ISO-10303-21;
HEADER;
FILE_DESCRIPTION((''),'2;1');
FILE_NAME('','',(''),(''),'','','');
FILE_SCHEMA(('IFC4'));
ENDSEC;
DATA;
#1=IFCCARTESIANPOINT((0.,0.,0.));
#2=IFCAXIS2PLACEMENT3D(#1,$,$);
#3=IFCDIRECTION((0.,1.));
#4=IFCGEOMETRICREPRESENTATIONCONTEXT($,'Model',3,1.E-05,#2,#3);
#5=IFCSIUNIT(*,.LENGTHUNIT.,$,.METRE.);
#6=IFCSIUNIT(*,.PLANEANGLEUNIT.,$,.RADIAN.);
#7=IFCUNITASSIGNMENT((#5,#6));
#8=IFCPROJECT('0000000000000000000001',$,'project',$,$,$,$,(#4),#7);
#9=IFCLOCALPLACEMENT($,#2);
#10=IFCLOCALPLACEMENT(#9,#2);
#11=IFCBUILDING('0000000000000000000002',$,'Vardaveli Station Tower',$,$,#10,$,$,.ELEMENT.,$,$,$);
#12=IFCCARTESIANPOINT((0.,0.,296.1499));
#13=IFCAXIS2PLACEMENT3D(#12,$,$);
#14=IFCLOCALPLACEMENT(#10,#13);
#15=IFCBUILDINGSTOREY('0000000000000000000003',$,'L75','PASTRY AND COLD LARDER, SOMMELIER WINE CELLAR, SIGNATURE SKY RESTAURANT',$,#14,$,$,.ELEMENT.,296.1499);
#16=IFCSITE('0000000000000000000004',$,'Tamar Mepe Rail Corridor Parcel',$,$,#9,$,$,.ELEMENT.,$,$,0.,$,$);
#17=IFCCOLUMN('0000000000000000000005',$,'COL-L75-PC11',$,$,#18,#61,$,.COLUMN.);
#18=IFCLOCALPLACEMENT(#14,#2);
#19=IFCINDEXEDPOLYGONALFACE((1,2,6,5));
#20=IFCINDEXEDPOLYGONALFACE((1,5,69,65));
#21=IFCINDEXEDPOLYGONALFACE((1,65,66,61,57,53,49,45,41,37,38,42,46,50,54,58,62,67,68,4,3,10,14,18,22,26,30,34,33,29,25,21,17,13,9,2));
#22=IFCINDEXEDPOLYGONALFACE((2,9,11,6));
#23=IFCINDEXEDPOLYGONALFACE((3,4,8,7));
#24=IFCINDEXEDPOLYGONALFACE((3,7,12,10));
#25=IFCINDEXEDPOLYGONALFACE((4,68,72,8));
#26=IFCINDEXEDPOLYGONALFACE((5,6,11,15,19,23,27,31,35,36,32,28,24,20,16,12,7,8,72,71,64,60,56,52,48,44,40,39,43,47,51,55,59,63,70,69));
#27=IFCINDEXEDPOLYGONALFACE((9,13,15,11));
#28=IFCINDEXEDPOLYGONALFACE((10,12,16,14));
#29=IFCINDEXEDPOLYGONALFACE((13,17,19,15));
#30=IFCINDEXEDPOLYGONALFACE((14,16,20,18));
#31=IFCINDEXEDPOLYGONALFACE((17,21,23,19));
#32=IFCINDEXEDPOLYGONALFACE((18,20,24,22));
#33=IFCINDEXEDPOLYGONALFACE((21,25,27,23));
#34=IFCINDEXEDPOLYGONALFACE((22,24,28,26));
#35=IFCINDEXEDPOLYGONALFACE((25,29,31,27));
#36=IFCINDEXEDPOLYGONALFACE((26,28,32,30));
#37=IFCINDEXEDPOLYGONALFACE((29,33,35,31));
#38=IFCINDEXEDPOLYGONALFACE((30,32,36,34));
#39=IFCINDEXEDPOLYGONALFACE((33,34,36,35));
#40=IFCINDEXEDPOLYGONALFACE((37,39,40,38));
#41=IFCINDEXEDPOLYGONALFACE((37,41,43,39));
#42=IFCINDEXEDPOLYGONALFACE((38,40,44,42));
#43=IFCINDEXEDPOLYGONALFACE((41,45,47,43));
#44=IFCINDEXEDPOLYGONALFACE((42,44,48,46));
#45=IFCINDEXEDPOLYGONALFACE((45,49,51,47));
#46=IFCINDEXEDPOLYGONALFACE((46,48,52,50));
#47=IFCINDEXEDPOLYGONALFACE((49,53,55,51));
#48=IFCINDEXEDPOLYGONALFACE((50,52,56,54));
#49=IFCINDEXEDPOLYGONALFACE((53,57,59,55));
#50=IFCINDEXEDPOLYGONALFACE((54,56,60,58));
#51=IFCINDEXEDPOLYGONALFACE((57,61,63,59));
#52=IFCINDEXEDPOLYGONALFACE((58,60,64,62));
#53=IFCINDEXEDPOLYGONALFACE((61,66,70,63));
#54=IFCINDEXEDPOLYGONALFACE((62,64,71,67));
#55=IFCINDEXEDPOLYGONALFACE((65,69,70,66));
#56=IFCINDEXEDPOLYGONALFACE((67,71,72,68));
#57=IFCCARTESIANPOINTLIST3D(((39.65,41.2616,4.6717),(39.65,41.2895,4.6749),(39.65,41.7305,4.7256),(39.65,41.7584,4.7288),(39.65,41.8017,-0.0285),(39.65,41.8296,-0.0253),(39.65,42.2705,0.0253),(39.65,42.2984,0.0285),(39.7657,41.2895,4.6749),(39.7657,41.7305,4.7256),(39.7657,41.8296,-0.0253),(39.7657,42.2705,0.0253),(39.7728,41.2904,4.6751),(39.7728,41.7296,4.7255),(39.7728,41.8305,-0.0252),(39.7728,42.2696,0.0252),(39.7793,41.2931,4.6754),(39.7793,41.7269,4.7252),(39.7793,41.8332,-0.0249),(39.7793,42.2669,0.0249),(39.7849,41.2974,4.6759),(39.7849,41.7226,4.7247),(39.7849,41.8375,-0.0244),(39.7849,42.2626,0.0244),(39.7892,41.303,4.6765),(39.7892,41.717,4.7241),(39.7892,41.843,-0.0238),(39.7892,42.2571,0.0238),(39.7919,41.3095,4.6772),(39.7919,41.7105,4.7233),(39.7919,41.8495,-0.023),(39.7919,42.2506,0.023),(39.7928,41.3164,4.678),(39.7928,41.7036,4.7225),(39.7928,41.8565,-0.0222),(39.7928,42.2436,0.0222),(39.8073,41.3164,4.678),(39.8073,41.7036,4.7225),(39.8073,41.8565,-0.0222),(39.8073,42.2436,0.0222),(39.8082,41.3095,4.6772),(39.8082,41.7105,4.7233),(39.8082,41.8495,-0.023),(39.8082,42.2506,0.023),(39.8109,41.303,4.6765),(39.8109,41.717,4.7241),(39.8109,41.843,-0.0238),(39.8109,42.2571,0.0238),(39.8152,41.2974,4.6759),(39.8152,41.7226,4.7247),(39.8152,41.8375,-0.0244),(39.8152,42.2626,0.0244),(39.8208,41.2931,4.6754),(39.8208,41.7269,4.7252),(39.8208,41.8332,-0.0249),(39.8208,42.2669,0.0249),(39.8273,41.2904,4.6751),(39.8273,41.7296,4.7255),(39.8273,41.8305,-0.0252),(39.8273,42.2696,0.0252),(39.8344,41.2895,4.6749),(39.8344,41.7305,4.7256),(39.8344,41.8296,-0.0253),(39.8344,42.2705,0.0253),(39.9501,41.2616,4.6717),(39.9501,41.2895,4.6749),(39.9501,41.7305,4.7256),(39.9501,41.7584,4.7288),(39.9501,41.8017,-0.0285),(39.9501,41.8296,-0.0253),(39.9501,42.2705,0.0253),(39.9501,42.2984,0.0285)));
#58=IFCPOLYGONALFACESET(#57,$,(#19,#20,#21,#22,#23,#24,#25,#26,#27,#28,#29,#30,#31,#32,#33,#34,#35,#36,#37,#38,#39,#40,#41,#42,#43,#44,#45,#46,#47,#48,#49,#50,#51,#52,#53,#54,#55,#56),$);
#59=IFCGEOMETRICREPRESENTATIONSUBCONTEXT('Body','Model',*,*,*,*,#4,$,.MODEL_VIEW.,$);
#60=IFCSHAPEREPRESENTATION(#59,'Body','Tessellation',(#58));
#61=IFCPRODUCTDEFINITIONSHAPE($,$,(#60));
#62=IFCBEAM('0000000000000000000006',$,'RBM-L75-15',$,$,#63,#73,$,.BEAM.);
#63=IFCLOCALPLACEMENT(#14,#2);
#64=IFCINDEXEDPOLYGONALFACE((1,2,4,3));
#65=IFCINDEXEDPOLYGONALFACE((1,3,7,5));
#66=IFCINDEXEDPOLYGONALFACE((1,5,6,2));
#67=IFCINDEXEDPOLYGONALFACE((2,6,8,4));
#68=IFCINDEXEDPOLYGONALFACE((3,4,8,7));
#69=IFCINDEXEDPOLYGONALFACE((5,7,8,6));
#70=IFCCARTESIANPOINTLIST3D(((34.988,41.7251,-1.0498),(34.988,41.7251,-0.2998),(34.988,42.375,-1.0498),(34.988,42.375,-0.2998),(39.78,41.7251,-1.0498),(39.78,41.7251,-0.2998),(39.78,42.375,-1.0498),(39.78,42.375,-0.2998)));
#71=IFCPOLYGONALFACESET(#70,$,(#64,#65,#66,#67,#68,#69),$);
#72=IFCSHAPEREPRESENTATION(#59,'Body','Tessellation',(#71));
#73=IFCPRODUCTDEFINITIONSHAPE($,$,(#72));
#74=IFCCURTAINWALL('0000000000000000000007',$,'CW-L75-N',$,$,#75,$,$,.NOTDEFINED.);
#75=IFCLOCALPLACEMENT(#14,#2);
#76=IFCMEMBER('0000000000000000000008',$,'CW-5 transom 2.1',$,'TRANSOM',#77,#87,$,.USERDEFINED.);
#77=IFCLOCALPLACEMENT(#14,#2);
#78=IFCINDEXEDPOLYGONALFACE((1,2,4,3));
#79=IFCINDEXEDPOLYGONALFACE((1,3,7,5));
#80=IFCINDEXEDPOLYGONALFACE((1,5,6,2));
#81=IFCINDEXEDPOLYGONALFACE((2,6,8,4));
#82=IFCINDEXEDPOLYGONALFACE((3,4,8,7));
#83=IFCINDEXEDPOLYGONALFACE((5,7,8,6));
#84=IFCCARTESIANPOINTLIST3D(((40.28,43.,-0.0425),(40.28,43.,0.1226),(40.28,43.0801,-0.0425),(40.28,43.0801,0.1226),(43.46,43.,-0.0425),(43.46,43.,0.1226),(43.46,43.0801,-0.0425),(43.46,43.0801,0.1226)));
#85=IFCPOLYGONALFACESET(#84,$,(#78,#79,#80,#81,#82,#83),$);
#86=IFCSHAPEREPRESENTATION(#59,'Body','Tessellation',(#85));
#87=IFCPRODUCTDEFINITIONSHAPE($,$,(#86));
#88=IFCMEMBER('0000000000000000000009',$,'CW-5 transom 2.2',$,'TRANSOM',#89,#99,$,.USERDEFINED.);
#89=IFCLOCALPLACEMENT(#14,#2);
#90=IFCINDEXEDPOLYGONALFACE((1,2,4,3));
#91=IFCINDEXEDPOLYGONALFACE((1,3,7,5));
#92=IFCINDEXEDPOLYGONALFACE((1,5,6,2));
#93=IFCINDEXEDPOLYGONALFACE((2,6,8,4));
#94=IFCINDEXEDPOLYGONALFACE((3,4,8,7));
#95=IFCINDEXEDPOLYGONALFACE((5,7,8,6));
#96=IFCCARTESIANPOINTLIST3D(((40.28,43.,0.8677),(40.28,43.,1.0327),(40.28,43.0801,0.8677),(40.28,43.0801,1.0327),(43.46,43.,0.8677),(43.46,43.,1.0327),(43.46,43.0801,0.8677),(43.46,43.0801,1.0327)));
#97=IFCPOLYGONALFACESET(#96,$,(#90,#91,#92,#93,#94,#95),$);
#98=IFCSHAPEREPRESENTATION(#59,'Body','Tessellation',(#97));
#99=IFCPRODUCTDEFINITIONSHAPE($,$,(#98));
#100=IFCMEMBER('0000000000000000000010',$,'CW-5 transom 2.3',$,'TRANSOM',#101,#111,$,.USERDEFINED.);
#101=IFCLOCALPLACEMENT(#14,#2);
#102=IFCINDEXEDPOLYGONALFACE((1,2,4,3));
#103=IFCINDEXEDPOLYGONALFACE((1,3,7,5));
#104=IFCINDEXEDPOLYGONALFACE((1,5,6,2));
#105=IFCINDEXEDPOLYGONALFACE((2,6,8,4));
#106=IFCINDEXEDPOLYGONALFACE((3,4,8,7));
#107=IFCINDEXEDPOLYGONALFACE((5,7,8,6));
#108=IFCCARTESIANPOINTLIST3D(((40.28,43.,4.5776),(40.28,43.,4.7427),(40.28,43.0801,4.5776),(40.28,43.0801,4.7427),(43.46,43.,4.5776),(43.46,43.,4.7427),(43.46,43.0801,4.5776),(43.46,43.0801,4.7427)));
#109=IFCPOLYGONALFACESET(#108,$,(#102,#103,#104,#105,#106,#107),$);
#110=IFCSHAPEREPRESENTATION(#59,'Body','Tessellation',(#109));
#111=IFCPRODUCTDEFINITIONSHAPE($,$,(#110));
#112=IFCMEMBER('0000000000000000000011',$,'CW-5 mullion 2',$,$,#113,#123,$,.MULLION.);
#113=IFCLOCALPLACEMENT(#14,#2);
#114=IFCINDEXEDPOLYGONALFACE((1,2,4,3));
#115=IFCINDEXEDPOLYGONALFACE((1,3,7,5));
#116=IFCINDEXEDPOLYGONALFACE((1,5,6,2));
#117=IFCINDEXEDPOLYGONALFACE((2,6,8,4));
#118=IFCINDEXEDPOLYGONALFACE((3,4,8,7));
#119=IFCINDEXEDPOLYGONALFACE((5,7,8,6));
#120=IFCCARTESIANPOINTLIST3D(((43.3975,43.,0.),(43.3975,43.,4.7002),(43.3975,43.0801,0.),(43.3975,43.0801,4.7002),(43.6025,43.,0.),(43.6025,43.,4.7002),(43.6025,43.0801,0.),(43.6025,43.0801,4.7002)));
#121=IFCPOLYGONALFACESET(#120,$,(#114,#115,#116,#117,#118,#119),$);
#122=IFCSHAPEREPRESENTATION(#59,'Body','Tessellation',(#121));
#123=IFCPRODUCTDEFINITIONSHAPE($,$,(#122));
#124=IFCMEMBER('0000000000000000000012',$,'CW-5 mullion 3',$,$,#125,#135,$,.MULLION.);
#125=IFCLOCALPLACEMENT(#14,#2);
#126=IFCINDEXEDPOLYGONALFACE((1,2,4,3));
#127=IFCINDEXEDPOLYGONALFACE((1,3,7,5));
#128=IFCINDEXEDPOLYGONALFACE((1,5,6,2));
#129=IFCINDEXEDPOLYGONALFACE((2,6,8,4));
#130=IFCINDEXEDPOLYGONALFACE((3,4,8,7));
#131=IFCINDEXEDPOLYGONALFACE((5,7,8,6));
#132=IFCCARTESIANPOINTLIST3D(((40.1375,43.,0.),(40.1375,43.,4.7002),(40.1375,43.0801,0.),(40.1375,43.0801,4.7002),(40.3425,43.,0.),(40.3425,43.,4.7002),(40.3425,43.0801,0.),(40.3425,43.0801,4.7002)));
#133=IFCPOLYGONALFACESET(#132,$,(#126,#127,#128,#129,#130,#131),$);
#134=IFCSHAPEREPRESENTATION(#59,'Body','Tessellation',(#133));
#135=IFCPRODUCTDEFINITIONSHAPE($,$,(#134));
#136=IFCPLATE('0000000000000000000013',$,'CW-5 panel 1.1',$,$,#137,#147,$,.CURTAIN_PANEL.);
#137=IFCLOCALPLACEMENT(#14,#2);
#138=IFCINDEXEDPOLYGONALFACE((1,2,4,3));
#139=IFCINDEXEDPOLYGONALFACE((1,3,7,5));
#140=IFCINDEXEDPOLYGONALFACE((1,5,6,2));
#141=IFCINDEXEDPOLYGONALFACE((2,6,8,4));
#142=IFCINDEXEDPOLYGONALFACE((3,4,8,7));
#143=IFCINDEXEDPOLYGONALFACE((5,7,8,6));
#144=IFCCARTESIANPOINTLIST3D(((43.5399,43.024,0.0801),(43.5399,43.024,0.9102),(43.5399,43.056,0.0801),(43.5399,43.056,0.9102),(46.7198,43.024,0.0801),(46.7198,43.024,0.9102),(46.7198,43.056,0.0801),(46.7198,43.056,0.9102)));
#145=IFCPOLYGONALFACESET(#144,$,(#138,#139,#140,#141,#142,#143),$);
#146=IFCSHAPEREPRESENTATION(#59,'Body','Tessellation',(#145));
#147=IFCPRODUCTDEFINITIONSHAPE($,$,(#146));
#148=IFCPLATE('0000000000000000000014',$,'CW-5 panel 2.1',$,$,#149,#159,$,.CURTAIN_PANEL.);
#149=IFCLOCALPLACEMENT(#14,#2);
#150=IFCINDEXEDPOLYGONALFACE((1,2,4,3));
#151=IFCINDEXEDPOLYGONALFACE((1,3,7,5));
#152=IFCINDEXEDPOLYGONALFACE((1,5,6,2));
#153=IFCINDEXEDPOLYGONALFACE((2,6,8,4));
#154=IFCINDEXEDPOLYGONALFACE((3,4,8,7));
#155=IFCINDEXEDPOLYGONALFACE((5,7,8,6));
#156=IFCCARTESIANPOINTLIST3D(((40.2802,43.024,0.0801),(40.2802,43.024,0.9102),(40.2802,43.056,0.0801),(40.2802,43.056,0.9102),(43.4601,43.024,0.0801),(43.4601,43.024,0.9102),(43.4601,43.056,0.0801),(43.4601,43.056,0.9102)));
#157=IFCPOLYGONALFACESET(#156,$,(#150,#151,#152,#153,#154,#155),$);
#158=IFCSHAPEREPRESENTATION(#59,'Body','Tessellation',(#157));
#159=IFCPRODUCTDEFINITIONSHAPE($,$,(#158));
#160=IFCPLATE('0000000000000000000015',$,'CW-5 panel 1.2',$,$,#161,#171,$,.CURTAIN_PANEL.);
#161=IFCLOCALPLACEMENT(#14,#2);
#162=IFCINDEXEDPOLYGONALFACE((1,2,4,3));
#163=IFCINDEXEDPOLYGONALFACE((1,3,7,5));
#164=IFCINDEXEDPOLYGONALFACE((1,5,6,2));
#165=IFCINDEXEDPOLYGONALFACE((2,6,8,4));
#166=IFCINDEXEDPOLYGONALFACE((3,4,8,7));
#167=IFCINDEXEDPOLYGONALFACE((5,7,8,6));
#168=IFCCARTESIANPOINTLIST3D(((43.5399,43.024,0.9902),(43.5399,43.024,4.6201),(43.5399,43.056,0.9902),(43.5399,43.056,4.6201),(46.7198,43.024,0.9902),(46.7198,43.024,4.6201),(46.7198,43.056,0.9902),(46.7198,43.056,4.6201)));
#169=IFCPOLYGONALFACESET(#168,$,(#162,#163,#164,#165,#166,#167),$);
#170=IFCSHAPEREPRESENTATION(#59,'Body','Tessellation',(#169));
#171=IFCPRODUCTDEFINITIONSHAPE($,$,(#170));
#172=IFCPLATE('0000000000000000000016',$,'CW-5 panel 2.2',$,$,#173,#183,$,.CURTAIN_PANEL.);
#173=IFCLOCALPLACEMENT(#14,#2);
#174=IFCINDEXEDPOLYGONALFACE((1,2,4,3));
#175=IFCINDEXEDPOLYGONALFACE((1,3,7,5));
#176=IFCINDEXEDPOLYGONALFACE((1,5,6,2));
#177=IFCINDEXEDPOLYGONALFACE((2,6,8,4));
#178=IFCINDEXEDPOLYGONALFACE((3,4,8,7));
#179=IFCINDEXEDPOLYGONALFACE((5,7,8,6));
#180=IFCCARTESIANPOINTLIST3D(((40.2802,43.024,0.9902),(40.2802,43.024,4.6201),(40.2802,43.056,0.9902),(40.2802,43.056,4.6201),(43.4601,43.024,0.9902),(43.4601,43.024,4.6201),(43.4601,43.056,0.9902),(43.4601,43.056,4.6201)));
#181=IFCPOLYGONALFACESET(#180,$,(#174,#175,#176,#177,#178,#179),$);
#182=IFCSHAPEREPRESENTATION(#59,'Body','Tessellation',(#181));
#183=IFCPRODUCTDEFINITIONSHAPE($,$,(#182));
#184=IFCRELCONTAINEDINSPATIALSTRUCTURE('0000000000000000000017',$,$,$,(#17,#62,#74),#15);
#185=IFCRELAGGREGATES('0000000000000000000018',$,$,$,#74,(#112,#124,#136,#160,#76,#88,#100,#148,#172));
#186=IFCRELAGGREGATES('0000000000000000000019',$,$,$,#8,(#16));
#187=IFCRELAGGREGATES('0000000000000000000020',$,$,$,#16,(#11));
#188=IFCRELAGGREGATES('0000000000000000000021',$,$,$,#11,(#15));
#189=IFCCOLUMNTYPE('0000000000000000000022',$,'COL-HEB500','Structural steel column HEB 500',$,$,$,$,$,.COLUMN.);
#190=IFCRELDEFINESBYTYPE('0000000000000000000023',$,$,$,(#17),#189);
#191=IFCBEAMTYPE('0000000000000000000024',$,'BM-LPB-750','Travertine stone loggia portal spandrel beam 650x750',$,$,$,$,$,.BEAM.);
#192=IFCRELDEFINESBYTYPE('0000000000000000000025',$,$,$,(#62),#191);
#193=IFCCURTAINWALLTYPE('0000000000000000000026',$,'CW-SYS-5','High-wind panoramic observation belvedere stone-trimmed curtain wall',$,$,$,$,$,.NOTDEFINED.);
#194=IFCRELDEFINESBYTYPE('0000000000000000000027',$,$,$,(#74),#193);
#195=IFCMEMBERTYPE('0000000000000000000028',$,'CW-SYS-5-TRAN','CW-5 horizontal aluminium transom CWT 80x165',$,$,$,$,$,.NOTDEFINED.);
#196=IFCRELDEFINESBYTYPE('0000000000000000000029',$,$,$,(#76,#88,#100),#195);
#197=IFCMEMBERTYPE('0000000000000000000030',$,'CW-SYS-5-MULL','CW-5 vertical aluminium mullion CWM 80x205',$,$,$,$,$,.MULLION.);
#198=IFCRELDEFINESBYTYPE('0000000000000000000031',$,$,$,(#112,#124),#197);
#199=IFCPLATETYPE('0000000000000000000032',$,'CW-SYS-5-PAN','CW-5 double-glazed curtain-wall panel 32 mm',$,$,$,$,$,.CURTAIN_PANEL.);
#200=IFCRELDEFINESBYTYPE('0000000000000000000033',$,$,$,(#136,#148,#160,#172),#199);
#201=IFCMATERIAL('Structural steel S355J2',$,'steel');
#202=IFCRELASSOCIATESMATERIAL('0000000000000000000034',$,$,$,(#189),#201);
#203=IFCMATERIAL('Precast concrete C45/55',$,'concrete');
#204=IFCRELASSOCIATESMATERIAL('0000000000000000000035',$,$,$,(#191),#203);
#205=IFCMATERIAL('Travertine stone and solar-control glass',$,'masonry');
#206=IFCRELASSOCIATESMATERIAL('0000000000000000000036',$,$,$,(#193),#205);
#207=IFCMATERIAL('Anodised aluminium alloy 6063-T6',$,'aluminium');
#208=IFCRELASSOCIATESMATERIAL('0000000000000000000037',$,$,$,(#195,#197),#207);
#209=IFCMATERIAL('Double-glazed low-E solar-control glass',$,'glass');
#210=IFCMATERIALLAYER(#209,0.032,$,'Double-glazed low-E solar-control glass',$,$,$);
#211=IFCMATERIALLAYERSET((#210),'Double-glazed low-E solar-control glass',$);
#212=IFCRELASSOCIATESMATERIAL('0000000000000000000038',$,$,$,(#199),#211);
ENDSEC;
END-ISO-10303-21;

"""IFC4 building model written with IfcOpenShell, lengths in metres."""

from ifc_helpers import new_model, si_unit, direction, frame, origin, origin_2d, place, context, subcontext, project, spatial, rectangle, i_section, extrude, source, transform, mapped, material, layer, layer_set, material_profile, profile_set, type_object, element, aggregate, save


model = new_model("IFC4")

# Units and contexts
model_context = context("Model", 3, precision=1e-05, world=origin(), true_north=direction((0.0, 1.0)))
body_context = subcontext(model_context, "Body", "Model", "MODEL_VIEW")
ifc_project = project(units=[si_unit("LENGTHUNIT", "METRE"), si_unit("PLANEANGLEUNIT", "RADIAN")], contexts=[model_context])

# Site, building, storey
site_placement = place(None, origin())
site = spatial("IfcSite", under=ifc_project, at=site_placement, Name="Tamar Mepe Rail Corridor Parcel", CompositionType="ELEMENT", RefElevation=0.0)
building_placement = place(site_placement, origin())
building = spatial("IfcBuilding", under=site, at=building_placement, Name="Vardaveli Station Tower", CompositionType="ELEMENT")
storey_placement = place(building_placement, frame((0.0, 0.0, 296.1499)))
storey = spatial("IfcBuildingStorey", under=building, at=storey_placement, Name="L75", Description="PASTRY AND COLD LARDER, SOMMELIER WINE CELLAR, SIGNATURE SKY RESTAURANT", CompositionType="ELEMENT", Elevation=296.1499)

# Column
ifc_material_1 = material(Name="Structural steel S355J2", Category="steel")
ifc_material_profile_1 = material_profile(ifc_material_1, i_section(OverallWidth=0.3, OverallDepth=0.5, WebThickness=0.0144, FlangeThickness=0.0281, FilletRadius=0.0271, at=origin_2d()), Name="HEB 500")
ifc_profile_set_1 = profile_set([ifc_material_profile_1], Name="Structural steel S355J2")
column_type = type_object("IfcColumnType", Name="COL-HEB500", Description="Structural steel column HEB 500", PredefinedType="COLUMN", material=ifc_profile_set_1)
shared_shape_1 = source(origin(), body_context, "Body", "SweptSolid", [
    extrude(i_section(OverallWidth=0.3, OverallDepth=0.5, WebThickness=0.0144, FlangeThickness=0.0281, FilletRadius=0.0271, at=origin_2d()), origin(), (0.0, 0.0, 1.0), 4.7312),
])
column_placement = place(storey_placement, frame((39.8, 42.05, 0.0), z_axis=(0.0, -0.114146, 0.993464), x_axis=(1.0, 0.0, 0.0)))
element("IfcColumn", 1, at=column_placement, inside=storey, type_object=column_type, Name="COL-L75-PC11", PredefinedType="COLUMN", context=body_context, shape_type="MappedRepresentation", body=[
    mapped(shared_shape_1, transform((0.0, 0.0, 0.0), scale=1.0)),
])

# Beam
ifc_material_2 = material(Name="Precast concrete C45/55", Category="concrete")
ifc_material_profile_2 = material_profile(ifc_material_2, rectangle(XDim=0.6499, YDim=0.75, at=origin_2d()), Name="LPB 650x750")
ifc_profile_set_2 = profile_set([ifc_material_profile_2], Name="Precast concrete C45/55")
beam_type = type_object("IfcBeamType", Name="BM-LPB-750", Description="Travertine stone loggia portal spandrel beam 650x750", PredefinedType="BEAM", material=ifc_profile_set_2)
shared_shape_2 = source(origin(), body_context, "Body", "SweptSolid", [
    extrude(rectangle(XDim=0.6499, YDim=0.75, at=origin_2d()), origin(), (0.0, 0.0, 1.0), 4.792),
])
beam_placement = place(storey_placement, frame((39.78, 42.05, -0.6748), z_axis=(-1.0, 0.0, 0.0), x_axis=(0.0, -1.0, 0.0)))
element("IfcBeam", 2, at=beam_placement, inside=storey, type_object=beam_type, Name="RBM-L75-15", PredefinedType="BEAM", context=body_context, shape_type="MappedRepresentation", body=[
    mapped(shared_shape_2, transform((0.0, 0.0, 0.0), scale=1.0)),
])

# Curtain wall, members, plates
ifc_material_3 = material(Name="Travertine stone and solar-control glass", Category="masonry")
curtain_wall_type = type_object("IfcCurtainWallType", Name="CW-SYS-5", Description="High-wind panoramic observation belvedere stone-trimmed curtain wall", PredefinedType="NOTDEFINED", material=ifc_material_3)
curtain_wall_placement = place(storey_placement, origin())
curtain_wall = element("IfcCurtainWall", 3, at=curtain_wall_placement, inside=storey, type_object=curtain_wall_type, Name="CW-L75-N", PredefinedType="NOTDEFINED")
ifc_material_4 = material(Name="Anodised aluminium alloy 6063-T6", Category="aluminium")
ifc_material_profile_3 = material_profile(ifc_material_4, rectangle(XDim=0.0801, YDim=0.165, at=origin_2d()), Name="CWT 80x165")
ifc_profile_set_3 = profile_set([ifc_material_profile_3], Name="Anodised aluminium alloy 6063-T6")
member_type_1 = type_object("IfcMemberType", Name="CW-SYS-5-TRAN", Description="CW-5 horizontal aluminium transom CWT 80x165", PredefinedType="NOTDEFINED", material=ifc_profile_set_3)
shared_shape_3 = source(origin(), body_context, "Body", "SweptSolid", [
    extrude(rectangle(XDim=0.0801, YDim=0.165, at=origin_2d()), origin(), (0.0, 0.0, 1.0), 3.1799),
])
member_1_placement = place(storey_placement, frame((43.46, 43.04, 0.04), z_axis=(-1.0, 0.0, 0.0), x_axis=(0.0, -1.0, 0.0)))
member_1 = element("IfcMember", 4, at=member_1_placement, type_object=member_type_1, Name="CW-5 transom 2.1", ObjectType="TRANSOM", PredefinedType="USERDEFINED", context=body_context, shape_type="MappedRepresentation", body=[
    mapped(shared_shape_3, transform((0.0, 0.0, 0.0), scale=1.0)),
])
member_2_placement = place(storey_placement, frame((43.46, 43.04, 0.9502), z_axis=(-1.0, 0.0, 0.0), x_axis=(0.0, -1.0, 0.0)))
member_2 = element("IfcMember", 5, at=member_2_placement, type_object=member_type_1, Name="CW-5 transom 2.2", ObjectType="TRANSOM", PredefinedType="USERDEFINED", context=body_context, shape_type="MappedRepresentation", body=[
    mapped(shared_shape_3, transform((0.0, 0.0, 0.0), scale=1.0)),
])
member_3_placement = place(storey_placement, frame((43.46, 43.04, 4.6602), z_axis=(-1.0, 0.0, 0.0), x_axis=(0.0, -1.0, 0.0)))
member_3 = element("IfcMember", 6, at=member_3_placement, type_object=member_type_1, Name="CW-5 transom 2.3", ObjectType="TRANSOM", PredefinedType="USERDEFINED", context=body_context, shape_type="MappedRepresentation", body=[
    mapped(shared_shape_3, transform((0.0, 0.0, 0.0), scale=1.0)),
])
ifc_material_profile_4 = material_profile(ifc_material_4, rectangle(XDim=0.0801, YDim=0.2051, at=origin_2d()), Name="CWM 80x205")
ifc_profile_set_4 = profile_set([ifc_material_profile_4], Name="Anodised aluminium alloy 6063-T6")
member_type_2 = type_object("IfcMemberType", Name="CW-SYS-5-MULL", Description="CW-5 vertical aluminium mullion CWM 80x205", PredefinedType="MULLION", material=ifc_profile_set_4)
shared_shape_4 = source(origin(), body_context, "Body", "SweptSolid", [
    extrude(rectangle(XDim=0.0801, YDim=0.2051, at=origin_2d()), origin(), (0.0, 0.0, 1.0), 4.7002),
])
member_4_placement = place(storey_placement, frame((43.5, 43.04, 0.0), z_axis=(0.0, 0.0, 1.0), x_axis=(0.0, -1.0, 0.0)))
member_4 = element("IfcMember", 7, at=member_4_placement, type_object=member_type_2, Name="CW-5 mullion 2", PredefinedType="MULLION", context=body_context, shape_type="MappedRepresentation", body=[
    mapped(shared_shape_4, transform((0.0, 0.0, 0.0), scale=1.0)),
])
member_5_placement = place(storey_placement, frame((40.24, 43.04, 0.0), z_axis=(0.0, 0.0, 1.0), x_axis=(0.0, -1.0, 0.0)))
member_5 = element("IfcMember", 8, at=member_5_placement, type_object=member_type_2, Name="CW-5 mullion 3", PredefinedType="MULLION", context=body_context, shape_type="MappedRepresentation", body=[
    mapped(shared_shape_4, transform((0.0, 0.0, 0.0), scale=1.0)),
])
ifc_material_5 = material(Name="Double-glazed low-E solar-control glass", Category="glass")
ifc_layer_1 = layer(ifc_material_5, 0.032, Name="Double-glazed low-E solar-control glass")
ifc_layer_set_1 = layer_set([ifc_layer_1], Name="Double-glazed low-E solar-control glass")
plate_type = type_object("IfcPlateType", Name="CW-SYS-5-PAN", Description="CW-5 double-glazed curtain-wall panel 32 mm", PredefinedType="CURTAIN_PANEL", material=ifc_layer_set_1)
shared_shape_5 = source(origin(), body_context, "Body", "SweptSolid", [
    extrude(rectangle(XDim=3.1799, YDim=0.032, at=origin_2d()), origin(), (0.0, 0.0, 1.0), 0.8301),
])
plate_1_placement = place(storey_placement, frame((45.1299, 43.04, 0.0801), z_axis=(0.0, 0.0, 1.0), x_axis=(-1.0, 0.0, 0.0)))
plate_1 = element("IfcPlate", 9, at=plate_1_placement, type_object=plate_type, Name="CW-5 panel 1.1", PredefinedType="CURTAIN_PANEL", context=body_context, shape_type="MappedRepresentation", body=[
    mapped(shared_shape_5, transform((0.0, 0.0, 0.0), scale=1.0)),
])
plate_2_placement = place(storey_placement, frame((41.8701, 43.04, 0.0801), z_axis=(0.0, 0.0, 1.0), x_axis=(-1.0, 0.0, 0.0)))
plate_2 = element("IfcPlate", 10, at=plate_2_placement, type_object=plate_type, Name="CW-5 panel 2.1", PredefinedType="CURTAIN_PANEL", context=body_context, shape_type="MappedRepresentation", body=[
    mapped(shared_shape_5, transform((0.0, 0.0, 0.0), scale=1.0)),
])
shared_shape_6 = source(origin(), body_context, "Body", "SweptSolid", [
    extrude(rectangle(XDim=3.1799, YDim=0.032, at=origin_2d()), origin(), (0.0, 0.0, 1.0), 3.6299),
])
plate_3_placement = place(storey_placement, frame((45.1299, 43.04, 0.9902), z_axis=(0.0, 0.0, 1.0), x_axis=(-1.0, 0.0, 0.0)))
plate_3 = element("IfcPlate", 11, at=plate_3_placement, type_object=plate_type, Name="CW-5 panel 1.2", PredefinedType="CURTAIN_PANEL", context=body_context, shape_type="MappedRepresentation", body=[
    mapped(shared_shape_6, transform((0.0, 0.0, 0.0), scale=1.0)),
])
plate_4_placement = place(storey_placement, frame((41.8701, 43.04, 0.9902), z_axis=(0.0, 0.0, 1.0), x_axis=(-1.0, 0.0, 0.0)))
plate_4 = element("IfcPlate", 12, at=plate_4_placement, type_object=plate_type, Name="CW-5 panel 2.2", PredefinedType="CURTAIN_PANEL", context=body_context, shape_type="MappedRepresentation", body=[
    mapped(shared_shape_6, transform((0.0, 0.0, 0.0), scale=1.0)),
])
aggregate(curtain_wall, [member_4, member_5, plate_1, plate_3, member_1, member_2, member_3, plate_2, plate_4])

save(model, "model.ifc")
